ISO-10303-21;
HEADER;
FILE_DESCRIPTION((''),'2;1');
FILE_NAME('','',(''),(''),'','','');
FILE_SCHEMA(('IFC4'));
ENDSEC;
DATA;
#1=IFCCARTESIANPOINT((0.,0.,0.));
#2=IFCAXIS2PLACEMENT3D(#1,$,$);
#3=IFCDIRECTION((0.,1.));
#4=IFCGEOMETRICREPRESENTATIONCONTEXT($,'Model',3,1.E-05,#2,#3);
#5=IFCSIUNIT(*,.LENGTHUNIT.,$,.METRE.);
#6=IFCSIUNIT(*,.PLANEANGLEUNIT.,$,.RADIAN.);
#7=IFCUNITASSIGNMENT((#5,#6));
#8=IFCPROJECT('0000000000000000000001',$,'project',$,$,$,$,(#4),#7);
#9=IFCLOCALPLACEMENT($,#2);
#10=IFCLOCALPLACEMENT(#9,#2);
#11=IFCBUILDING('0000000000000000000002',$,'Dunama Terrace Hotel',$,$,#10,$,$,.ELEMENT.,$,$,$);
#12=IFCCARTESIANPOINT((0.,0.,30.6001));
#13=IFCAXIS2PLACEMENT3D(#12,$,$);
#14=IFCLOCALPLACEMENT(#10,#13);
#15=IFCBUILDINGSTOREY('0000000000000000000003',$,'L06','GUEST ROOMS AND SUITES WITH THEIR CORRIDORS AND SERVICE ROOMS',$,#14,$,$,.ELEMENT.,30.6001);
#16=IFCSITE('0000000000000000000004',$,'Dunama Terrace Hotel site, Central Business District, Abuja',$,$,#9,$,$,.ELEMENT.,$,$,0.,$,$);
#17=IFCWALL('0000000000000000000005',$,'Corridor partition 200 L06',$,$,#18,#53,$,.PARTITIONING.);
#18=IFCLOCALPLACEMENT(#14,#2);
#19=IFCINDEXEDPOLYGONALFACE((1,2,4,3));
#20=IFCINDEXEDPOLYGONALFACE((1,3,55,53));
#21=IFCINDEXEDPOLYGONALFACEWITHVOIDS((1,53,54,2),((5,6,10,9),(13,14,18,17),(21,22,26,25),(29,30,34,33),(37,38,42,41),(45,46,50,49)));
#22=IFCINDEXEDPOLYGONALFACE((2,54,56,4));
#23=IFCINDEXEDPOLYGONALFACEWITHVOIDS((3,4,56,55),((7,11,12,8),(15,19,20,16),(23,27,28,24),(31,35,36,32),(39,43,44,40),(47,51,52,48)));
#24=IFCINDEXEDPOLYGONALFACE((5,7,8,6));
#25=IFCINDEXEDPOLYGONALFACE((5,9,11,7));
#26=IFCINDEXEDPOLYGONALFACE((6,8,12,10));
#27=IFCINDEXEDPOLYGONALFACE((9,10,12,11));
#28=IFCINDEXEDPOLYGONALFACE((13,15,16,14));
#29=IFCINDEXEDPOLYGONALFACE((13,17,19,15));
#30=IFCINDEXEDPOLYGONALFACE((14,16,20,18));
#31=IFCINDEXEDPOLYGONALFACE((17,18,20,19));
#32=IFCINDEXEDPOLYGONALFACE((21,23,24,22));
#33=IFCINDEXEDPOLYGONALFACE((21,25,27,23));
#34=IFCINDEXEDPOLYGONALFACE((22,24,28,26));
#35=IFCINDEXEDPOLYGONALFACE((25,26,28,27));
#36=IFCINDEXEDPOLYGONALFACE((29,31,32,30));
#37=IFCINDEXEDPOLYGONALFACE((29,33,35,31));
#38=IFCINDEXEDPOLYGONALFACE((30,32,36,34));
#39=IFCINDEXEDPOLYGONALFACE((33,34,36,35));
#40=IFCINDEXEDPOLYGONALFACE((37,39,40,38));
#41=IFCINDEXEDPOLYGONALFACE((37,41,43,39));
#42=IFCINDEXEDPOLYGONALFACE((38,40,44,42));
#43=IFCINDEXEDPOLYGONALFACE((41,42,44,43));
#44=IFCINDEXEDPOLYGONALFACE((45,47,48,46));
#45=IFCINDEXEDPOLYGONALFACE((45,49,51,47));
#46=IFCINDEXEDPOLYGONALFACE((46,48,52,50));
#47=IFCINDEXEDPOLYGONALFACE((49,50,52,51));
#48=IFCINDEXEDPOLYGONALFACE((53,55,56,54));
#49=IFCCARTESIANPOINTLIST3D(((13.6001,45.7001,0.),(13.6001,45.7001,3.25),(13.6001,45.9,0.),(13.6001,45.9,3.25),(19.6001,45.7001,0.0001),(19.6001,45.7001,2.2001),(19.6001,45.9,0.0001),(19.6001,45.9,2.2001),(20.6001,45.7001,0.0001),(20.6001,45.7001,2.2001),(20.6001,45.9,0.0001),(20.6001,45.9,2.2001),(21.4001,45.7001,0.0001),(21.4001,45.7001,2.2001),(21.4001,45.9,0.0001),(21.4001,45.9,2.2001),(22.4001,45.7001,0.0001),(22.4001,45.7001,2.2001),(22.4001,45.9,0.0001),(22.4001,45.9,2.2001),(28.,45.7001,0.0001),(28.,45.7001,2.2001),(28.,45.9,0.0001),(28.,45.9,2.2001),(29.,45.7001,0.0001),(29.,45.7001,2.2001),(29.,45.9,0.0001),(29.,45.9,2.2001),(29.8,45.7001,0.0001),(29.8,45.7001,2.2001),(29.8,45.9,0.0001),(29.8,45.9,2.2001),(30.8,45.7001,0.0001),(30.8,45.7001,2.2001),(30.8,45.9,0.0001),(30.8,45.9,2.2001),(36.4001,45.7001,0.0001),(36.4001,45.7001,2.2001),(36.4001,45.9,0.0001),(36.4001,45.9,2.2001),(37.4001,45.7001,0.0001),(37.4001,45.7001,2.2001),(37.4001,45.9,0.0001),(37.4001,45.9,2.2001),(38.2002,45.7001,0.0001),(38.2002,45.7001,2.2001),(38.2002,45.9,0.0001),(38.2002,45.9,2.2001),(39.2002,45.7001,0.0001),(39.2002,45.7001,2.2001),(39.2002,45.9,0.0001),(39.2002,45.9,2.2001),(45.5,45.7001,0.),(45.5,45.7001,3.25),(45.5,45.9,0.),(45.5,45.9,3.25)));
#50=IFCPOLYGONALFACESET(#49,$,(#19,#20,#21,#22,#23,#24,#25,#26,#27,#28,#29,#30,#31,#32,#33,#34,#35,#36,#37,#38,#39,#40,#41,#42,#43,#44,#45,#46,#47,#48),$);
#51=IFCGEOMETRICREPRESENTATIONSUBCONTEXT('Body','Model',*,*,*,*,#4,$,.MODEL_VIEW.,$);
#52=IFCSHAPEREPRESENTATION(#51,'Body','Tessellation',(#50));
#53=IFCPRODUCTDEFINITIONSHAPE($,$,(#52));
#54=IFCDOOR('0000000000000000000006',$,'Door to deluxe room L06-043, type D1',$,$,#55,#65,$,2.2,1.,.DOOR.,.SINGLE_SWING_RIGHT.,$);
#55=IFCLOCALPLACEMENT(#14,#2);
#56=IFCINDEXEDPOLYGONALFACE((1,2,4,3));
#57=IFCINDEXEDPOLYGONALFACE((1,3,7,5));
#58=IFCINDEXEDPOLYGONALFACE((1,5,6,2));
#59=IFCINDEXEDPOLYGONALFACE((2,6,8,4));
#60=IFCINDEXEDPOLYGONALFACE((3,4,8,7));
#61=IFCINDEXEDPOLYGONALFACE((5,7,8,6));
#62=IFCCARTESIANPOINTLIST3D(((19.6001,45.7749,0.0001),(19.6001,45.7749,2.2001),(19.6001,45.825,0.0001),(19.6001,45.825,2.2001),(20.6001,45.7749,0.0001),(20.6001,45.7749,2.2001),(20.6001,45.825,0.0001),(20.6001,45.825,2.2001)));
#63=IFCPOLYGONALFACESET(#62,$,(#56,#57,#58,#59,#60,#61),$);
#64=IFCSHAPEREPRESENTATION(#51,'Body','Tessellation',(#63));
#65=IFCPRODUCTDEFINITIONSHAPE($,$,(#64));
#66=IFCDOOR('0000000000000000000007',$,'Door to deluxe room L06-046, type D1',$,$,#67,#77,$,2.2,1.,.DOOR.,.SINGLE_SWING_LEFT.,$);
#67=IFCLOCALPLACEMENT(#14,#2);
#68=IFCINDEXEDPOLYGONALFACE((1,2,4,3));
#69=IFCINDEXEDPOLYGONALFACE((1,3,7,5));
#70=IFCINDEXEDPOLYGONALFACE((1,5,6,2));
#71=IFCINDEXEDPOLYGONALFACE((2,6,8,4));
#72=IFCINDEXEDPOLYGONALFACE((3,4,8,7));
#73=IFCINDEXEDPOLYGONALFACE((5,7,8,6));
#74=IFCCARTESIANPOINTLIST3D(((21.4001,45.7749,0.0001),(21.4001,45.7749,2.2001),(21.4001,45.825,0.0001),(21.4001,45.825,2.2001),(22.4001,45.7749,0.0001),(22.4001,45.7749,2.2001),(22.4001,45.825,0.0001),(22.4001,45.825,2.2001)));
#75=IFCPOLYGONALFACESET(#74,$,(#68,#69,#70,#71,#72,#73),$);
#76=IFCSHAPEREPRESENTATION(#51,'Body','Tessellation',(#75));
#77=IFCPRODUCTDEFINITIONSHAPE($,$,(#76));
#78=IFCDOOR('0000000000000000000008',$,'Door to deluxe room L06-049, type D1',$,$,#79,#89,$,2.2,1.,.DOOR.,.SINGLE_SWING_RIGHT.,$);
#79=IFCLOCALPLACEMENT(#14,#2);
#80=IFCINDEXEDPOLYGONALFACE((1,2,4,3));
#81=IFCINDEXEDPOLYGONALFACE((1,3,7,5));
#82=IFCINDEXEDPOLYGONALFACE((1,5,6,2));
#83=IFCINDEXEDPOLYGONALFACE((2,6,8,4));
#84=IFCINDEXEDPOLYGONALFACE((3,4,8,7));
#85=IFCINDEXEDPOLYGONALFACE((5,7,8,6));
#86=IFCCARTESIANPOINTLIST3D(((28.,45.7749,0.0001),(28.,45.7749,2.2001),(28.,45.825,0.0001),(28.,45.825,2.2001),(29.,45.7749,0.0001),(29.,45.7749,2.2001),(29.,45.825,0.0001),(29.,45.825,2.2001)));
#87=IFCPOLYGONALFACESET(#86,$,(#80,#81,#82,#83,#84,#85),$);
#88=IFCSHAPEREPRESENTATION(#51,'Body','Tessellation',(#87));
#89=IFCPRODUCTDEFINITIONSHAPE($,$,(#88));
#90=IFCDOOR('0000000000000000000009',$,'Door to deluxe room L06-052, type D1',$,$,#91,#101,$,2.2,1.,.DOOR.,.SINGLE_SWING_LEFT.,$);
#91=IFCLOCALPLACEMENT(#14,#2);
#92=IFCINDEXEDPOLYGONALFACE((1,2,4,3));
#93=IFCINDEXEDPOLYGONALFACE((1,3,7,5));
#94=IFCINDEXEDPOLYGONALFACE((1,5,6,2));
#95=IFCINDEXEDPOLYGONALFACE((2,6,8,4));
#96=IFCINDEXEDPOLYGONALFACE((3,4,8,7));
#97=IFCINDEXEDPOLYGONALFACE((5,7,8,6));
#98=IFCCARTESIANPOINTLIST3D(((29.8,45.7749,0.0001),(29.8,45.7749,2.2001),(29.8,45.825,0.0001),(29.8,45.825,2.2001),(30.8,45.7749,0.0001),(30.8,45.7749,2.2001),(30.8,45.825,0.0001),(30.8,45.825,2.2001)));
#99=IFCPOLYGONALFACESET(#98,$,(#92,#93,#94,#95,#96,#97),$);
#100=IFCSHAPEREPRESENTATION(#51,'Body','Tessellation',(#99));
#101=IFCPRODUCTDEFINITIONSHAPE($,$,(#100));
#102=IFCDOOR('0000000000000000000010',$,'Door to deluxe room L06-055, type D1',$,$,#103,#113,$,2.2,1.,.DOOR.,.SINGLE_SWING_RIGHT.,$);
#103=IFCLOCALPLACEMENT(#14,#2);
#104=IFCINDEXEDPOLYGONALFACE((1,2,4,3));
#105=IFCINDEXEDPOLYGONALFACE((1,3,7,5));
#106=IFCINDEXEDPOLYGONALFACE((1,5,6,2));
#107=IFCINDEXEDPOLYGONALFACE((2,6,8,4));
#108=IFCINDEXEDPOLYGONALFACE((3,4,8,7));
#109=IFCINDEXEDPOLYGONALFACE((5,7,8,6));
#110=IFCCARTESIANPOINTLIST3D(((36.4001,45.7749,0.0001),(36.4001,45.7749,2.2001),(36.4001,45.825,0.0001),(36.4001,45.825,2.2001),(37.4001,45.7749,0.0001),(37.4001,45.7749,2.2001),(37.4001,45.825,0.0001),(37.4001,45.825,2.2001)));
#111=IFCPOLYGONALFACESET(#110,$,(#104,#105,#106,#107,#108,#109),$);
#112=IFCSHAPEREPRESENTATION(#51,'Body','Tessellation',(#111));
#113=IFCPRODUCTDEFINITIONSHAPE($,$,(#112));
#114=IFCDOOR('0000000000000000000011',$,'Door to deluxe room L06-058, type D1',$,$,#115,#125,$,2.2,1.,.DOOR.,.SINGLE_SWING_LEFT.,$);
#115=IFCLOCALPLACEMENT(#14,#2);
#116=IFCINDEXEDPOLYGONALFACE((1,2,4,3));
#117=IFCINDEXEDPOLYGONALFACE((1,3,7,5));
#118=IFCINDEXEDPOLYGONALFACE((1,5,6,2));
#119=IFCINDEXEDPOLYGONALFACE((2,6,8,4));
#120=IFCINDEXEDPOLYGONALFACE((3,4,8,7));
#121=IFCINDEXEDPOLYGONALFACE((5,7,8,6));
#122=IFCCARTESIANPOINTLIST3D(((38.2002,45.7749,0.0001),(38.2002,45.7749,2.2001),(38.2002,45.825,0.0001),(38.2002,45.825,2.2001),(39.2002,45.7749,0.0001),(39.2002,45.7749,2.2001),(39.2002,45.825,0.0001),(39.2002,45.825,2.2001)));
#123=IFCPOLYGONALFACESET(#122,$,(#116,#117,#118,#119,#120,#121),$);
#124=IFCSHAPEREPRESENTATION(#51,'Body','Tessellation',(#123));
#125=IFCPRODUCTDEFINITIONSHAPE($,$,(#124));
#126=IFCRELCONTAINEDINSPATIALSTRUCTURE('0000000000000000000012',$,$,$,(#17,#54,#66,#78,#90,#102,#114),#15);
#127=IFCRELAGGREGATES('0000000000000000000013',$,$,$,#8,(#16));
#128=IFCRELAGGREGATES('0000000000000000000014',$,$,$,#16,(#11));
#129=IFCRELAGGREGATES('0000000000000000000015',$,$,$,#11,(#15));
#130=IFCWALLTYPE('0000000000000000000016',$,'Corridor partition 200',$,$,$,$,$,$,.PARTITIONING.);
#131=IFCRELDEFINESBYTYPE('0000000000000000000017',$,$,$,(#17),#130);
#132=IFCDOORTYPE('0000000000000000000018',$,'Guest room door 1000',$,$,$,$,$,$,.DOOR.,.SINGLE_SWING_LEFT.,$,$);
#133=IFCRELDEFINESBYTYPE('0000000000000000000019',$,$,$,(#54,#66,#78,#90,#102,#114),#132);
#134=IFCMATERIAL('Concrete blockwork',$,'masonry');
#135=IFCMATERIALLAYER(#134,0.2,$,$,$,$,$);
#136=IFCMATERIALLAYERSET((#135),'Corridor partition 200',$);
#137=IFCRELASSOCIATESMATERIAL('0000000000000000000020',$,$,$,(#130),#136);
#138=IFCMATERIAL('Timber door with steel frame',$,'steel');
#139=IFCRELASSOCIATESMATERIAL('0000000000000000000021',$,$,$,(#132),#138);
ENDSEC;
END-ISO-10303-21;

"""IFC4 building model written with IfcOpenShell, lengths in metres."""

from ifc_helpers import new_model, si_unit, direction, frame, frame_2d, origin, place, context, subcontext, project, spatial, rectangle, extrude, material, layer, layer_set, type_object, element, fill, save


model = new_model("IFC4")

# Units and contexts
model_context = context("Model", 3, precision=1e-05, world=origin(), true_north=direction((0.0, 1.0)))
body_context = subcontext(model_context, "Body", "Model", "MODEL_VIEW")
ifc_project = project(units=[si_unit("LENGTHUNIT", "METRE"), si_unit("PLANEANGLEUNIT", "RADIAN")], contexts=[model_context])

# Site, building, storey
site_placement = place(None, origin())
site = spatial("IfcSite", under=ifc_project, at=site_placement, Name="Dunama Terrace Hotel site, Central Business District, Abuja", CompositionType="ELEMENT", RefElevation=0.0)
building_placement = place(site_placement, origin())
building = spatial("IfcBuilding", under=site, at=building_placement, Name="Dunama Terrace Hotel", CompositionType="ELEMENT")
storey_placement = place(building_placement, frame((0.0, 0.0, 30.6001)))
storey = spatial("IfcBuildingStorey", under=building, at=storey_placement, Name="L06", Description="GUEST ROOMS AND SUITES WITH THEIR CORRIDORS AND SERVICE ROOMS", CompositionType="ELEMENT", Elevation=30.6001)

# Shared definitions
ifc_material_1 = material(Name="Concrete blockwork", Category="masonry")
ifc_layer_1 = layer(ifc_material_1, 0.2)
ifc_layer_set_1 = layer_set([ifc_layer_1], Name="Corridor partition 200")
wall_type_1 = type_object("IfcWallType", Name="Corridor partition 200", PredefinedType="PARTITIONING", material=ifc_layer_set_1)
ifc_material_2 = material(Name="Timber door with steel frame", Category="steel")
door_type_1 = type_object("IfcDoorType", Name="Guest room door 1000", OperationType="SINGLE_SWING_LEFT", PredefinedType="DOOR", material=ifc_material_2)

# Wall, openings, doors
wall_1_placement = place(storey_placement, frame((13.6001, 45.8, 0.0), z_axis=(0.0, 0.0, 1.0), x_axis=(1.0, 0.0, 0.0)))
wall_1 = element("IfcWall", 1, at=wall_1_placement, inside=storey, type_object=wall_type_1, Name="Corridor partition 200 L06", PredefinedType="PARTITIONING", context=body_context, shape_type="SweptSolid", body=[
    extrude(rectangle(XDim=31.8999, YDim=0.2, at=frame_2d((15.95, 0.0))), origin(), (0.0, 0.0, 1.0), 3.25),
])
opening_1_placement = place(wall_1_placement, frame((6.0, 0.0, 0.0)))
opening_1 = element("IfcOpeningElement", 2, at=opening_1_placement, cuts=wall_1, PredefinedType="OPENING", context=body_context, shape_type="SweptSolid", body=[
    extrude(rectangle(XDim=1.0, YDim=2.2, at=frame_2d((0.5, 1.1001))), frame((0.0, 0.1099, 0.0), z_axis=(0.0, -1.0, 0.0), x_axis=(1.0, 0.0, 0.0)), (0.0, 0.0, 1.0), 0.22),
])
opening_2_placement = place(wall_1_placement, frame((7.8, 0.0, 0.0)))
opening_2 = element("IfcOpeningElement", 3, at=opening_2_placement, cuts=wall_1, PredefinedType="OPENING", context=body_context, shape_type="SweptSolid", body=[
    extrude(rectangle(XDim=1.0, YDim=2.2, at=frame_2d((0.5, 1.1001))), frame((0.0, 0.1099, 0.0), z_axis=(0.0, -1.0, 0.0), x_axis=(1.0, 0.0, 0.0)), (0.0, 0.0, 1.0), 0.22),
])
opening_3_placement = place(wall_1_placement, frame((14.3999, 0.0, 0.0)))
opening_3 = element("IfcOpeningElement", 4, at=opening_3_placement, cuts=wall_1, PredefinedType="OPENING", context=body_context, shape_type="SweptSolid", body=[
    extrude(rectangle(XDim=1.0, YDim=2.2, at=frame_2d((0.5, 1.1001))), frame((0.0, 0.1099, 0.0), z_axis=(0.0, -1.0, 0.0), x_axis=(1.0, 0.0, 0.0)), (0.0, 0.0, 1.0), 0.22),
])
opening_4_placement = place(wall_1_placement, frame((16.2, 0.0, 0.0)))
opening_4 = element("IfcOpeningElement", 5, at=opening_4_placement, cuts=wall_1, PredefinedType="OPENING", context=body_context, shape_type="SweptSolid", body=[
    extrude(rectangle(XDim=1.0, YDim=2.2, at=frame_2d((0.5, 1.1001))), frame((0.0, 0.1099, 0.0), z_axis=(0.0, -1.0, 0.0), x_axis=(1.0, 0.0, 0.0)), (0.0, 0.0, 1.0), 0.22),
])
opening_5_placement = place(wall_1_placement, frame((22.8, 0.0, 0.0)))
opening_5 = element("IfcOpeningElement", 6, at=opening_5_placement, cuts=wall_1, PredefinedType="OPENING", context=body_context, shape_type="SweptSolid", body=[
    extrude(rectangle(XDim=1.0, YDim=2.2, at=frame_2d((0.5, 1.1001))), frame((0.0, 0.1099, 0.0), z_axis=(0.0, -1.0, 0.0), x_axis=(1.0, 0.0, 0.0)), (0.0, 0.0, 1.0), 0.22),
])
opening_6_placement = place(wall_1_placement, frame((24.6001, 0.0, 0.0)))
opening_6 = element("IfcOpeningElement", 7, at=opening_6_placement, cuts=wall_1, PredefinedType="OPENING", context=body_context, shape_type="SweptSolid", body=[
    extrude(rectangle(XDim=1.0, YDim=2.2, at=frame_2d((0.5, 1.1001))), frame((0.0, 0.1099, 0.0), z_axis=(0.0, -1.0, 0.0), x_axis=(1.0, 0.0, 0.0)), (0.0, 0.0, 1.0), 0.22),
])
door_1_placement = place(opening_1_placement, origin())
door_1 = element("IfcDoor", 8, at=door_1_placement, inside=storey, type_object=door_type_1, Name="Door to deluxe room L06-043, type D1", OperationType="SINGLE_SWING_RIGHT", OverallHeight=2.2, OverallWidth=1.0, PredefinedType="DOOR", context=body_context, shape_type="SweptSolid", body=[
    extrude(rectangle(XDim=1.0, YDim=2.2, at=frame_2d((0.5, 1.1001))), frame((0.0, 0.0249, 0.0), z_axis=(0.0, -1.0, 0.0), x_axis=(1.0, 0.0, 0.0)), (0.0, 0.0, 1.0), 0.05),
])
fill(opening_1, door_1)
door_2_placement = place(opening_2_placement, origin())
door_2 = element("IfcDoor", 9, at=door_2_placement, inside=storey, type_object=door_type_1, Name="Door to deluxe room L06-046, type D1", OperationType="SINGLE_SWING_LEFT", OverallHeight=2.2, OverallWidth=1.0, PredefinedType="DOOR", context=body_context, shape_type="SweptSolid", body=[
    extrude(rectangle(XDim=1.0, YDim=2.2, at=frame_2d((0.5, 1.1001))), frame((0.0, 0.0249, 0.0), z_axis=(0.0, -1.0, 0.0), x_axis=(1.0, 0.0, 0.0)), (0.0, 0.0, 1.0), 0.05),
])
fill(opening_2, door_2)
door_3_placement = place(opening_3_placement, origin())
door_3 = element("IfcDoor", 10, at=door_3_placement, inside=storey, type_object=door_type_1, Name="Door to deluxe room L06-049, type D1", OperationType="SINGLE_SWING_RIGHT", OverallHeight=2.2, OverallWidth=1.0, PredefinedType="DOOR", context=body_context, shape_type="SweptSolid", body=[
    extrude(rectangle(XDim=1.0, YDim=2.2, at=frame_2d((0.5, 1.1001))), frame((0.0, 0.0249, 0.0), z_axis=(0.0, -1.0, 0.0), x_axis=(1.0, 0.0, 0.0)), (0.0, 0.0, 1.0), 0.05),
])
fill(opening_3, door_3)
door_4_placement = place(opening_4_placement, origin())
door_4 = element("IfcDoor", 11, at=door_4_placement, inside=storey, type_object=door_type_1, Name="Door to deluxe room L06-052, type D1", OperationType="SINGLE_SWING_LEFT", OverallHeight=2.2, OverallWidth=1.0, PredefinedType="DOOR", context=body_context, shape_type="SweptSolid", body=[
    extrude(rectangle(XDim=1.0, YDim=2.2, at=frame_2d((0.5, 1.1001))), frame((0.0, 0.0249, 0.0), z_axis=(0.0, -1.0, 0.0), x_axis=(1.0, 0.0, 0.0)), (0.0, 0.0, 1.0), 0.05),
])
fill(opening_4, door_4)
door_5_placement = place(opening_5_placement, origin())
door_5 = element("IfcDoor", 12, at=door_5_placement, inside=storey, type_object=door_type_1, Name="Door to deluxe room L06-055, type D1", OperationType="SINGLE_SWING_RIGHT", OverallHeight=2.2, OverallWidth=1.0, PredefinedType="DOOR", context=body_context, shape_type="SweptSolid", body=[
    extrude(rectangle(XDim=1.0, YDim=2.2, at=frame_2d((0.5, 1.1001))), frame((0.0, 0.0249, 0.0), z_axis=(0.0, -1.0, 0.0), x_axis=(1.0, 0.0, 0.0)), (0.0, 0.0, 1.0), 0.05),
])
fill(opening_5, door_5)
door_6_placement = place(opening_6_placement, origin())
door_6 = element("IfcDoor", 13, at=door_6_placement, inside=storey, type_object=door_type_1, Name="Door to deluxe room L06-058, type D1", OperationType="SINGLE_SWING_LEFT", OverallHeight=2.2, OverallWidth=1.0, PredefinedType="DOOR", context=body_context, shape_type="SweptSolid", body=[
    extrude(rectangle(XDim=1.0, YDim=2.2, at=frame_2d((0.5, 1.1001))), frame((0.0, 0.0249, 0.0), z_axis=(0.0, -1.0, 0.0), x_axis=(1.0, 0.0, 0.0)), (0.0, 0.0, 1.0), 0.05),
])
fill(opening_6, door_6)

save(model, "model.ifc")
